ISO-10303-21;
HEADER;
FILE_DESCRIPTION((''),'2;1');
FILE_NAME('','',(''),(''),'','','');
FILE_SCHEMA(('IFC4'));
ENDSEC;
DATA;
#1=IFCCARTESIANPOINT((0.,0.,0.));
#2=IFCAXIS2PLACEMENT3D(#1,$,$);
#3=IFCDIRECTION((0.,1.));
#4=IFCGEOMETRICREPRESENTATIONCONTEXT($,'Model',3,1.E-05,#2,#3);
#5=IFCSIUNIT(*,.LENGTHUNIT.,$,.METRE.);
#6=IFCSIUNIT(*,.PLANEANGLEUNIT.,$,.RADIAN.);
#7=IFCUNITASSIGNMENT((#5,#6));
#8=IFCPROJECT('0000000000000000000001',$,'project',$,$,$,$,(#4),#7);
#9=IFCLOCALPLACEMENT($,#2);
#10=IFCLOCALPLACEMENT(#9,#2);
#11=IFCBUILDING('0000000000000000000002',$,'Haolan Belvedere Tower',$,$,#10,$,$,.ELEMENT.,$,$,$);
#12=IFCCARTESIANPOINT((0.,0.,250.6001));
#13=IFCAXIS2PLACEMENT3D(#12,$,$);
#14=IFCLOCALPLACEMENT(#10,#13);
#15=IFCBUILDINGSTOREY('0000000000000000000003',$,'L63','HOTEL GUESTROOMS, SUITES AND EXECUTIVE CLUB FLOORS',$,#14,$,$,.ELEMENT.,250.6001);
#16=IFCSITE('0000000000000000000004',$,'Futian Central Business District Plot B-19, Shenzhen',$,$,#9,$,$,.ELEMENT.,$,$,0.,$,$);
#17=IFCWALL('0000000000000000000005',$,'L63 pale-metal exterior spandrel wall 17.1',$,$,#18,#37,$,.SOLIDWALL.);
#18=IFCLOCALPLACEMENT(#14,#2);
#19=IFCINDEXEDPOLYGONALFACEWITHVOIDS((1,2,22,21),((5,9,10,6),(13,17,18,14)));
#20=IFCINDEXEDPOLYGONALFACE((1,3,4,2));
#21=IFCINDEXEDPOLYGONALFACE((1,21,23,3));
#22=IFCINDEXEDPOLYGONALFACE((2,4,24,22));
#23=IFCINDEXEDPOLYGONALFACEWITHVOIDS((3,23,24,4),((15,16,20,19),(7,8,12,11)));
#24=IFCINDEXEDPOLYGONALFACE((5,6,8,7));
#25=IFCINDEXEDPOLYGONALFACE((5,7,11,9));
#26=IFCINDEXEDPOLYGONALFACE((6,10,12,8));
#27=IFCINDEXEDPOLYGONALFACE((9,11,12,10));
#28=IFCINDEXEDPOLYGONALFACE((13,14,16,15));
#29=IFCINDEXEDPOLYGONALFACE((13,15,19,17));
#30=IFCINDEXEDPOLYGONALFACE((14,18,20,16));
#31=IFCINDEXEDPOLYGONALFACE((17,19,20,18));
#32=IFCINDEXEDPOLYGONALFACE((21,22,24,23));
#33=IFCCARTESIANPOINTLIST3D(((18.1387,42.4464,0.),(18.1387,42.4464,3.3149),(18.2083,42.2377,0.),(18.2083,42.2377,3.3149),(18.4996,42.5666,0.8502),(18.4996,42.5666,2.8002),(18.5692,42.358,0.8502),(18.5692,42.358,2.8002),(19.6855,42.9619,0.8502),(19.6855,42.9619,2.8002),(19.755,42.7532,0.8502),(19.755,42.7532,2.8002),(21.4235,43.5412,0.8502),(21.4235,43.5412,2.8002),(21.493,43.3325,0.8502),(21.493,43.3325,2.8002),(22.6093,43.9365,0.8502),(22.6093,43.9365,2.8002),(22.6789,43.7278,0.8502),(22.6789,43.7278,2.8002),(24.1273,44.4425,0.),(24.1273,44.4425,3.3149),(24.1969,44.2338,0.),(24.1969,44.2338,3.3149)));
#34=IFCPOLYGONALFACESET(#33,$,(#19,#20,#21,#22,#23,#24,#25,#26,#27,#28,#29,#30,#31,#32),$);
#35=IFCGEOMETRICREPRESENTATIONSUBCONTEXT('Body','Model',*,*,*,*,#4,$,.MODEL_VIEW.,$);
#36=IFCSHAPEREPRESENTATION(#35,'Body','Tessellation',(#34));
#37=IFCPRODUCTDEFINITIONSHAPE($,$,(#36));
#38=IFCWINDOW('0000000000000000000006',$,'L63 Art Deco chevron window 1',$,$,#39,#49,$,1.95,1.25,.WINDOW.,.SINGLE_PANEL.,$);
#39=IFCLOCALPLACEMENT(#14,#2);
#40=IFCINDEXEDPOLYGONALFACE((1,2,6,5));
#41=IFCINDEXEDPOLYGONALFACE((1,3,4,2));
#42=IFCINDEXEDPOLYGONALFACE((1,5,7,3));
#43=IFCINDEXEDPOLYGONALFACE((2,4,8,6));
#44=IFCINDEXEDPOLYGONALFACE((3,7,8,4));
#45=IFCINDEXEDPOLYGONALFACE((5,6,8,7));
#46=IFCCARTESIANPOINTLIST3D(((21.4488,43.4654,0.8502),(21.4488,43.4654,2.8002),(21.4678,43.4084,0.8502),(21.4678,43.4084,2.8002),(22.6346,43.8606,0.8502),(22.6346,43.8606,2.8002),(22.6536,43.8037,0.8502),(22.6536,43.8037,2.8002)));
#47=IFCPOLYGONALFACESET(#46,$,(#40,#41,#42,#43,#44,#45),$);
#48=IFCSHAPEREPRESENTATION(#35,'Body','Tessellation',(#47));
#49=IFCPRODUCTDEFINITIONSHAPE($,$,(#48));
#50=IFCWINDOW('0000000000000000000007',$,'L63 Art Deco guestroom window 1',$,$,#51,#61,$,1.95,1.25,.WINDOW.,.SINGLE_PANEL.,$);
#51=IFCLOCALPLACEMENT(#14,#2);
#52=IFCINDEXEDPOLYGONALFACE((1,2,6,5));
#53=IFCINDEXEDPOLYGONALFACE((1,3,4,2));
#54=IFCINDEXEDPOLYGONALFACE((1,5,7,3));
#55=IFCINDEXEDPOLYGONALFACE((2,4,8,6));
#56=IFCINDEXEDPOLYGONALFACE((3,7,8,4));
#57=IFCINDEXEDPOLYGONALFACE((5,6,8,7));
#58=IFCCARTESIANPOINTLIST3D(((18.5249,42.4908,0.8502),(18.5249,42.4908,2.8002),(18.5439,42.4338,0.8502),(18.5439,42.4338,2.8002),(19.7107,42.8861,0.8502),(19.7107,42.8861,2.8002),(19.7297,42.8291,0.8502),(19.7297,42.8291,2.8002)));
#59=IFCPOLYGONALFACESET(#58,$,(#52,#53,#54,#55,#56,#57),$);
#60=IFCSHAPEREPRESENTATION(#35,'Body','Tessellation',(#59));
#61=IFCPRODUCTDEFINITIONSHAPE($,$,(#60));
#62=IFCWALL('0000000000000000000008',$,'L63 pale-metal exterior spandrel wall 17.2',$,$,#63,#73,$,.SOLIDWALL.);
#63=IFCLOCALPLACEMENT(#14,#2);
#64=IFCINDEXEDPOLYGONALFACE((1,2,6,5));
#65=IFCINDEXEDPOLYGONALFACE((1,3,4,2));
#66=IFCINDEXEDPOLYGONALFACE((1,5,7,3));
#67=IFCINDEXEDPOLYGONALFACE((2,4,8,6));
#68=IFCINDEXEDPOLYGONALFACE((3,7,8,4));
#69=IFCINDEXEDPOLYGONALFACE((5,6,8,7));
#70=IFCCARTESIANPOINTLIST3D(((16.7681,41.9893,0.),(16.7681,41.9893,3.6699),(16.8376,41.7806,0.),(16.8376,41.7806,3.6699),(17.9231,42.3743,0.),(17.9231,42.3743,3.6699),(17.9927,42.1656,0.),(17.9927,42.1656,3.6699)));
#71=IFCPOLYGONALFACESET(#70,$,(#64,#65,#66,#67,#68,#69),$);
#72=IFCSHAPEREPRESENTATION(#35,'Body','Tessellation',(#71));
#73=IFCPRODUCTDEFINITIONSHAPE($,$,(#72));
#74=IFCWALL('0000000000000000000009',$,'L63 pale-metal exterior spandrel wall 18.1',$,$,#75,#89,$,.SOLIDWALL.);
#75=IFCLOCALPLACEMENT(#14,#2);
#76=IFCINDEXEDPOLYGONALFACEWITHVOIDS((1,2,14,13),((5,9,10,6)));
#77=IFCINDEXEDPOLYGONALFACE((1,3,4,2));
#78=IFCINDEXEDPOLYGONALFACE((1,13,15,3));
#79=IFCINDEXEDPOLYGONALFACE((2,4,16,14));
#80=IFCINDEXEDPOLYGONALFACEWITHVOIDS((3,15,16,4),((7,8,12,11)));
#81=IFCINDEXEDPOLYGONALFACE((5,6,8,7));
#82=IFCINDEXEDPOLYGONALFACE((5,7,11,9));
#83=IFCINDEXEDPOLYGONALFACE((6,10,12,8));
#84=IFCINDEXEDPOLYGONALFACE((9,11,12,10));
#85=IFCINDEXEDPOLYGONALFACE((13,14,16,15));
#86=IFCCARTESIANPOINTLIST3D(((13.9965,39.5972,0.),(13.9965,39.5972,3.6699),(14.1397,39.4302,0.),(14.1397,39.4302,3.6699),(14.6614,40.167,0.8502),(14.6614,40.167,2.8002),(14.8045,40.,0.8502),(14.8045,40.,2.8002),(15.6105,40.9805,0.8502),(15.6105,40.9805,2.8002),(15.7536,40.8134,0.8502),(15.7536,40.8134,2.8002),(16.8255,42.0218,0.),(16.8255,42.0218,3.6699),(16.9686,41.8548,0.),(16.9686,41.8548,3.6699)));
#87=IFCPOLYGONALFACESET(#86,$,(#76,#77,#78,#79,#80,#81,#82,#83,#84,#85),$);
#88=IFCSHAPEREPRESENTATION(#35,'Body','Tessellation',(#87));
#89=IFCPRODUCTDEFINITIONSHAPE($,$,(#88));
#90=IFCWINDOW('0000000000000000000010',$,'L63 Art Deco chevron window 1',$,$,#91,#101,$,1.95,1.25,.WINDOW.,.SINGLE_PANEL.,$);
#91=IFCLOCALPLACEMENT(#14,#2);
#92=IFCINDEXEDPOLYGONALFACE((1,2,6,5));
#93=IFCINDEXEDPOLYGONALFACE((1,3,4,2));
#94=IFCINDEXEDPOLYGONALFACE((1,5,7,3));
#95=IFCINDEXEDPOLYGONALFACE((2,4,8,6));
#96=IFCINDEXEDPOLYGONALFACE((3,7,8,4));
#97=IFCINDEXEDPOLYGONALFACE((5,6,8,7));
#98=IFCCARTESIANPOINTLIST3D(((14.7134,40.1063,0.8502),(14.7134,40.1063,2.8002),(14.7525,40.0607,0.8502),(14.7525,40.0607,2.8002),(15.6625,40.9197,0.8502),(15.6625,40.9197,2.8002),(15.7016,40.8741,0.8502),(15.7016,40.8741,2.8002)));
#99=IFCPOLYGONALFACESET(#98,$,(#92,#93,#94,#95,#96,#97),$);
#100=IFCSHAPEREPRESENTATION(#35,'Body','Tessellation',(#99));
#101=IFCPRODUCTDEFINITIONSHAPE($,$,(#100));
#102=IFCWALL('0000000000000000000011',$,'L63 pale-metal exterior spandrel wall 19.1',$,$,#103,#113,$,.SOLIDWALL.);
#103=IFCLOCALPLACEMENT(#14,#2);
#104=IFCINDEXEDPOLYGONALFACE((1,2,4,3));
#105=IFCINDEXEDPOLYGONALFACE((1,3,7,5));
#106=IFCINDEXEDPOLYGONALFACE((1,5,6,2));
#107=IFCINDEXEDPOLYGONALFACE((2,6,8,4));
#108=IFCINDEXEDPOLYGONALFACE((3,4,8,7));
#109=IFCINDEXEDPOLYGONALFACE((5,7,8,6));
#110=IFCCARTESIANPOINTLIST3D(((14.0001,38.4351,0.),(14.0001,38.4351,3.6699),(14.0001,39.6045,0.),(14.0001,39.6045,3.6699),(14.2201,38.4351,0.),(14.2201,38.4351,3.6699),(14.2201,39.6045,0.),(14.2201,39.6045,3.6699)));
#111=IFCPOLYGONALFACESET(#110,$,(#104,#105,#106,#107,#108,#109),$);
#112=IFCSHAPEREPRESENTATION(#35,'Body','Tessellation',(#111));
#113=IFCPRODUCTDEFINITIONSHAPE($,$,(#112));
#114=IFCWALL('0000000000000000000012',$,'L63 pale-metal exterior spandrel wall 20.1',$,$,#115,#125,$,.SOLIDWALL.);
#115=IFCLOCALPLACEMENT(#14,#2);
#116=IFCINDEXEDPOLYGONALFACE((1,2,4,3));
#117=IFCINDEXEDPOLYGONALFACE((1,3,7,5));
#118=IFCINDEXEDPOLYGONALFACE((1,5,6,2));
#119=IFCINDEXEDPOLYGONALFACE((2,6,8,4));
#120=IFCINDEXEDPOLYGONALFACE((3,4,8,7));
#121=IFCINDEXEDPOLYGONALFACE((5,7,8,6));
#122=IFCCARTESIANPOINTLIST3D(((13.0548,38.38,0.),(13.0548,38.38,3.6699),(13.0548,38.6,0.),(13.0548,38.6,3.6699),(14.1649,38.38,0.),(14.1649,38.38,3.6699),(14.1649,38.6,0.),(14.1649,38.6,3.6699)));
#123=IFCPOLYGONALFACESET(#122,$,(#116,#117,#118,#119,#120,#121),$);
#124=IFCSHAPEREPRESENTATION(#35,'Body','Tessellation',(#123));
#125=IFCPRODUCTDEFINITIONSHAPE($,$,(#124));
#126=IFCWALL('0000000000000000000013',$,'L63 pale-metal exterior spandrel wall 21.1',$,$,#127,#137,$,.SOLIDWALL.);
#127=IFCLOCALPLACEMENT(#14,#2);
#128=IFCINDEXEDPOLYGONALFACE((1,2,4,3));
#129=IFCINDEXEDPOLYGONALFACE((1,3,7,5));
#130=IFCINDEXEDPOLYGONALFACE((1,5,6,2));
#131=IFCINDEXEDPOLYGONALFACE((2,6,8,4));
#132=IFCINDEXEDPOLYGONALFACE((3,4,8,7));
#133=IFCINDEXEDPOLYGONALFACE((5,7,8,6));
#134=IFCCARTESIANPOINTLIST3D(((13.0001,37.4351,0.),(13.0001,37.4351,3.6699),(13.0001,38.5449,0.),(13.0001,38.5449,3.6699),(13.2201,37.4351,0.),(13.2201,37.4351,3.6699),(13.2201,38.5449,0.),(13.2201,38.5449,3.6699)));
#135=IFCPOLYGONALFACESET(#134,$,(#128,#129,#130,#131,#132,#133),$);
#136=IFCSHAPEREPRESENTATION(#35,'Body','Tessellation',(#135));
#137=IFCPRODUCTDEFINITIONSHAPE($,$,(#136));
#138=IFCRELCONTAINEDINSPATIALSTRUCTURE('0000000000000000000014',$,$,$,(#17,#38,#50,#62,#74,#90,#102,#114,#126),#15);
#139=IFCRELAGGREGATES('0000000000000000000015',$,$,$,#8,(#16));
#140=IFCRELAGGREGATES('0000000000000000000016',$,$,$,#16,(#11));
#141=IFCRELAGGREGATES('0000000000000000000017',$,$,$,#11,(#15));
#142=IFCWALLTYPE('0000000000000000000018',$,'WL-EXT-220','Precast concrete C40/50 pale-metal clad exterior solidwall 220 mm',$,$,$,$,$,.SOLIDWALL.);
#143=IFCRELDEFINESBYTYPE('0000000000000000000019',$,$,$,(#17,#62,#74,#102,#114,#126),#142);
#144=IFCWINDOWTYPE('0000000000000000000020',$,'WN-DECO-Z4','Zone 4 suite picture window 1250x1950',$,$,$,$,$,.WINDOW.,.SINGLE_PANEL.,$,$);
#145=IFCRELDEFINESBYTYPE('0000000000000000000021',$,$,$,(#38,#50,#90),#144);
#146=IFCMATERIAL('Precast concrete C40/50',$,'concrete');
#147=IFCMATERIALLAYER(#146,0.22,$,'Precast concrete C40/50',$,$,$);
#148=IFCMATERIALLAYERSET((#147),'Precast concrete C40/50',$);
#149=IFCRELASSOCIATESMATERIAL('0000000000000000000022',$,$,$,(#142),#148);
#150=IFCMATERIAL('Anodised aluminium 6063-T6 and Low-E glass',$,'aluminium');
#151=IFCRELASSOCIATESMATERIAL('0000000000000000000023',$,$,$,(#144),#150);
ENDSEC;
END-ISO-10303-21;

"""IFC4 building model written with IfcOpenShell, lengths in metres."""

from ifc_helpers import new_model, si_unit, direction, frame, frame_2d, origin, place, context, subcontext, project, spatial, rectangle, extrude, material, layer, layer_set, type_object, element, fill, save


model = new_model("IFC4")

# Units and contexts
model_context = context("Model", 3, precision=1e-05, world=origin(), true_north=direction((0.0, 1.0)))
body_context = subcontext(model_context, "Body", "Model", "MODEL_VIEW")
ifc_project = project(units=[si_unit("LENGTHUNIT", "METRE"), si_unit("PLANEANGLEUNIT", "RADIAN")], contexts=[model_context])

# Site, building, storey
site_placement = place(None, origin())
site = spatial("IfcSite", under=ifc_project, at=site_placement, Name="Futian Central Business District Plot B-19, Shenzhen", CompositionType="ELEMENT", RefElevation=0.0)
building_placement = place(site_placement, origin())
building = spatial("IfcBuilding", under=site, at=building_placement, Name="Haolan Belvedere Tower", CompositionType="ELEMENT")
storey_placement = place(building_placement, frame((0.0, 0.0, 250.6001)))
storey = spatial("IfcBuildingStorey", under=building, at=storey_placement, Name="L63", Description="HOTEL GUESTROOMS, SUITES AND EXECUTIVE CLUB FLOORS", CompositionType="ELEMENT", Elevation=250.6001)

# Shared definitions
ifc_material_1 = material(Name="Precast concrete C40/50", Category="concrete")
ifc_layer_1 = layer(ifc_material_1, 0.22, Name="Precast concrete C40/50")
ifc_layer_set_1 = layer_set([ifc_layer_1], Name="Precast concrete C40/50")
wall_type_1 = type_object("IfcWallType", Name="WL-EXT-220", Description="Precast concrete C40/50 pale-metal clad exterior solidwall 220 mm", PredefinedType="SOLIDWALL", material=ifc_layer_set_1)

# Wall, openings, windows
wall_1_placement = place(storey_placement, frame((24.1621, 44.3381, 0.0), z_axis=(0.0, 0.0, 1.0), x_axis=(-0.948687, -0.316216, 0.0)))
wall_1 = element("IfcWall", 1, at=wall_1_placement, inside=storey, type_object=wall_type_1, Name="L63 pale-metal exterior spandrel wall 17.1", PredefinedType="SOLIDWALL", context=body_context, shape_type="SweptSolid", body=[
    extrude(rectangle(XDim=6.3125, YDim=0.22, at=frame_2d((3.1562, 0.0))), origin(), (0.0, 0.0, 1.0), 3.3149),
])
opening_1_placement = place(wall_1_placement, frame((1.6001, 0.0, 0.8501)))
opening_1 = element("IfcOpeningElement", 2, at=opening_1_placement, cuts=wall_1, PredefinedType="OPENING", context=body_context, shape_type="SweptSolid", body=[
    extrude(rectangle(XDim=1.25, YDim=1.95, at=frame_2d((0.625, 0.9751))), frame((0.0, 0.1199, 0.0), z_axis=(0.0, -1.0, 0.0), x_axis=(1.0, 0.0, 0.0)), (0.0, 0.0, 1.0), 0.24),
])
opening_2_placement = place(wall_1_placement, frame((4.6821, 0.0, 0.8501)))
opening_2 = element("IfcOpeningElement", 3, at=opening_2_placement, cuts=wall_1, PredefinedType="OPENING", context=body_context, shape_type="SweptSolid", body=[
    extrude(rectangle(XDim=1.25, YDim=1.95, at=frame_2d((0.625, 0.9751))), frame((0.0, 0.1199, 0.0), z_axis=(0.0, -1.0, 0.0), x_axis=(1.0, 0.0, 0.0)), (0.0, 0.0, 1.0), 0.24),
])
ifc_material_2 = material(Name="Anodised aluminium 6063-T6 and Low-E glass", Category="aluminium")
window_type = type_object("IfcWindowType", Name="WN-DECO-Z4", Description="Zone 4 suite picture window 1250x1950", PartitioningType="SINGLE_PANEL", PredefinedType="WINDOW", material=ifc_material_2)
window_1_placement = place(opening_1_placement, origin())
window_1 = element("IfcWindow", 4, at=window_1_placement, inside=storey, type_object=window_type, Name="L63 Art Deco chevron window 1", OverallHeight=1.95, OverallWidth=1.25, PartitioningType="SINGLE_PANEL", PredefinedType="WINDOW", context=body_context, shape_type="SweptSolid", body=[
    extrude(rectangle(XDim=1.25, YDim=1.95, at=frame_2d((0.625, 0.9751))), frame((0.0, 0.03, 0.0), z_axis=(0.0, -1.0, 0.0), x_axis=(1.0, 0.0, 0.0)), (0.0, 0.0, 1.0), 0.0601),
])
fill(opening_1, window_1)
window_2_placement = place(opening_2_placement, origin())
window_2 = element("IfcWindow", 5, at=window_2_placement, inside=storey, type_object=window_type, Name="L63 Art Deco guestroom window 1", OverallHeight=1.95, OverallWidth=1.25, PartitioningType="SINGLE_PANEL", PredefinedType="WINDOW", context=body_context, shape_type="SweptSolid", body=[
    extrude(rectangle(XDim=1.25, YDim=1.95, at=frame_2d((0.625, 0.9751))), frame((0.0, 0.03, 0.0), z_axis=(0.0, -1.0, 0.0), x_axis=(1.0, 0.0, 0.0)), (0.0, 0.0, 1.0), 0.0601),
])
fill(opening_2, window_2)

# Wall
wall_2_placement = place(storey_placement, frame((17.958, 42.27, 0.0), z_axis=(0.0, 0.0, 1.0), x_axis=(-0.948683, -0.316228, 0.0)))
element("IfcWall", 6, at=wall_2_placement, inside=storey, type_object=wall_type_1, Name="L63 pale-metal exterior spandrel wall 17.2", PredefinedType="SOLIDWALL", context=body_context, shape_type="SweptSolid", body=[
    extrude(rectangle(XDim=1.2175, YDim=0.22, at=frame_2d((0.6089, 0.0))), origin(), (0.0, 0.0, 1.0), 3.6699),
])

# Wall, opening, window
wall_3_placement = place(storey_placement, frame((16.897, 41.9382, 0.0), z_axis=(0.0, 0.0, 1.0), x_axis=(-0.75928, -0.650764, 0.0)))
wall_3 = element("IfcWall", 7, at=wall_3_placement, inside=storey, type_object=wall_type_1, Name="L63 pale-metal exterior spandrel wall 18.1", PredefinedType="SOLIDWALL", context=body_context, shape_type="SweptSolid", body=[
    extrude(rectangle(XDim=3.7258, YDim=0.22, at=frame_2d((1.8628, 0.0))), origin(), (0.0, 0.0, 1.0), 3.6699),
])
opening_3_placement = place(wall_3_placement, frame((1.6001, 0.0, 0.8501)))
opening_3 = element("IfcOpeningElement", 8, at=opening_3_placement, cuts=wall_3, PredefinedType="OPENING", context=body_context, shape_type="SweptSolid", body=[
    extrude(rectangle(XDim=1.25, YDim=1.95, at=frame_2d((0.625, 0.9751))), frame((0.0, 0.1199, 0.0), z_axis=(0.0, -1.0, 0.0), x_axis=(1.0, 0.0, 0.0)), (0.0, 0.0, 1.0), 0.24),
])
window_3_placement = place(opening_3_placement, origin())
window_3 = element("IfcWindow", 9, at=window_3_placement, inside=storey, type_object=window_type, Name="L63 Art Deco chevron window 1", OverallHeight=1.95, OverallWidth=1.25, PartitioningType="SINGLE_PANEL", PredefinedType="WINDOW", context=body_context, shape_type="SweptSolid", body=[
    extrude(rectangle(XDim=1.25, YDim=1.95, at=frame_2d((0.625, 0.9751))), frame((0.0, 0.03, 0.0), z_axis=(0.0, -1.0, 0.0), x_axis=(1.0, 0.0, 0.0)), (0.0, 0.0, 1.0), 0.0601),
])
fill(opening_3, window_3)

# Walls
wall_4_placement = place(storey_placement, frame((14.1101, 39.6045, 0.0), z_axis=(0.0, 0.0, 1.0), x_axis=(0.0, -1.0, 0.0)))
element("IfcWall", 10, at=wall_4_placement, inside=storey, type_object=wall_type_1, Name="L63 pale-metal exterior spandrel wall 19.1", PredefinedType="SOLIDWALL", context=body_context, shape_type="SweptSolid", body=[
    extrude(rectangle(XDim=1.1694, YDim=0.22, at=frame_2d((0.5847, 0.0))), origin(), (0.0, 0.0, 1.0), 3.6699),
])
wall_5_placement = place(storey_placement, frame((14.165, 38.49, 0.0), z_axis=(0.0, 0.0, 1.0), x_axis=(-1.0, 0.0, 0.0)))
element("IfcWall", 11, at=wall_5_placement, inside=storey, type_object=wall_type_1, Name="L63 pale-metal exterior spandrel wall 20.1", PredefinedType="SOLIDWALL", context=body_context, shape_type="SweptSolid", body=[
    extrude(rectangle(XDim=1.1101, YDim=0.22, at=frame_2d((0.5552, 0.0))), origin(), (0.0, 0.0, 1.0), 3.6699),
])
wall_6_placement = place(storey_placement, frame((13.1101, 38.5449, 0.0), z_axis=(0.0, 0.0, 1.0), x_axis=(0.0, -1.0, 0.0)))
element("IfcWall", 12, at=wall_6_placement, inside=storey, type_object=wall_type_1, Name="L63 pale-metal exterior spandrel wall 21.1", PredefinedType="SOLIDWALL", context=body_context, shape_type="SweptSolid", body=[
    extrude(rectangle(XDim=1.1099, YDim=0.22, at=frame_2d((0.5549, 0.0))), origin(), (0.0, 0.0, 1.0), 3.6699),
])

save(model, "model.ifc")
